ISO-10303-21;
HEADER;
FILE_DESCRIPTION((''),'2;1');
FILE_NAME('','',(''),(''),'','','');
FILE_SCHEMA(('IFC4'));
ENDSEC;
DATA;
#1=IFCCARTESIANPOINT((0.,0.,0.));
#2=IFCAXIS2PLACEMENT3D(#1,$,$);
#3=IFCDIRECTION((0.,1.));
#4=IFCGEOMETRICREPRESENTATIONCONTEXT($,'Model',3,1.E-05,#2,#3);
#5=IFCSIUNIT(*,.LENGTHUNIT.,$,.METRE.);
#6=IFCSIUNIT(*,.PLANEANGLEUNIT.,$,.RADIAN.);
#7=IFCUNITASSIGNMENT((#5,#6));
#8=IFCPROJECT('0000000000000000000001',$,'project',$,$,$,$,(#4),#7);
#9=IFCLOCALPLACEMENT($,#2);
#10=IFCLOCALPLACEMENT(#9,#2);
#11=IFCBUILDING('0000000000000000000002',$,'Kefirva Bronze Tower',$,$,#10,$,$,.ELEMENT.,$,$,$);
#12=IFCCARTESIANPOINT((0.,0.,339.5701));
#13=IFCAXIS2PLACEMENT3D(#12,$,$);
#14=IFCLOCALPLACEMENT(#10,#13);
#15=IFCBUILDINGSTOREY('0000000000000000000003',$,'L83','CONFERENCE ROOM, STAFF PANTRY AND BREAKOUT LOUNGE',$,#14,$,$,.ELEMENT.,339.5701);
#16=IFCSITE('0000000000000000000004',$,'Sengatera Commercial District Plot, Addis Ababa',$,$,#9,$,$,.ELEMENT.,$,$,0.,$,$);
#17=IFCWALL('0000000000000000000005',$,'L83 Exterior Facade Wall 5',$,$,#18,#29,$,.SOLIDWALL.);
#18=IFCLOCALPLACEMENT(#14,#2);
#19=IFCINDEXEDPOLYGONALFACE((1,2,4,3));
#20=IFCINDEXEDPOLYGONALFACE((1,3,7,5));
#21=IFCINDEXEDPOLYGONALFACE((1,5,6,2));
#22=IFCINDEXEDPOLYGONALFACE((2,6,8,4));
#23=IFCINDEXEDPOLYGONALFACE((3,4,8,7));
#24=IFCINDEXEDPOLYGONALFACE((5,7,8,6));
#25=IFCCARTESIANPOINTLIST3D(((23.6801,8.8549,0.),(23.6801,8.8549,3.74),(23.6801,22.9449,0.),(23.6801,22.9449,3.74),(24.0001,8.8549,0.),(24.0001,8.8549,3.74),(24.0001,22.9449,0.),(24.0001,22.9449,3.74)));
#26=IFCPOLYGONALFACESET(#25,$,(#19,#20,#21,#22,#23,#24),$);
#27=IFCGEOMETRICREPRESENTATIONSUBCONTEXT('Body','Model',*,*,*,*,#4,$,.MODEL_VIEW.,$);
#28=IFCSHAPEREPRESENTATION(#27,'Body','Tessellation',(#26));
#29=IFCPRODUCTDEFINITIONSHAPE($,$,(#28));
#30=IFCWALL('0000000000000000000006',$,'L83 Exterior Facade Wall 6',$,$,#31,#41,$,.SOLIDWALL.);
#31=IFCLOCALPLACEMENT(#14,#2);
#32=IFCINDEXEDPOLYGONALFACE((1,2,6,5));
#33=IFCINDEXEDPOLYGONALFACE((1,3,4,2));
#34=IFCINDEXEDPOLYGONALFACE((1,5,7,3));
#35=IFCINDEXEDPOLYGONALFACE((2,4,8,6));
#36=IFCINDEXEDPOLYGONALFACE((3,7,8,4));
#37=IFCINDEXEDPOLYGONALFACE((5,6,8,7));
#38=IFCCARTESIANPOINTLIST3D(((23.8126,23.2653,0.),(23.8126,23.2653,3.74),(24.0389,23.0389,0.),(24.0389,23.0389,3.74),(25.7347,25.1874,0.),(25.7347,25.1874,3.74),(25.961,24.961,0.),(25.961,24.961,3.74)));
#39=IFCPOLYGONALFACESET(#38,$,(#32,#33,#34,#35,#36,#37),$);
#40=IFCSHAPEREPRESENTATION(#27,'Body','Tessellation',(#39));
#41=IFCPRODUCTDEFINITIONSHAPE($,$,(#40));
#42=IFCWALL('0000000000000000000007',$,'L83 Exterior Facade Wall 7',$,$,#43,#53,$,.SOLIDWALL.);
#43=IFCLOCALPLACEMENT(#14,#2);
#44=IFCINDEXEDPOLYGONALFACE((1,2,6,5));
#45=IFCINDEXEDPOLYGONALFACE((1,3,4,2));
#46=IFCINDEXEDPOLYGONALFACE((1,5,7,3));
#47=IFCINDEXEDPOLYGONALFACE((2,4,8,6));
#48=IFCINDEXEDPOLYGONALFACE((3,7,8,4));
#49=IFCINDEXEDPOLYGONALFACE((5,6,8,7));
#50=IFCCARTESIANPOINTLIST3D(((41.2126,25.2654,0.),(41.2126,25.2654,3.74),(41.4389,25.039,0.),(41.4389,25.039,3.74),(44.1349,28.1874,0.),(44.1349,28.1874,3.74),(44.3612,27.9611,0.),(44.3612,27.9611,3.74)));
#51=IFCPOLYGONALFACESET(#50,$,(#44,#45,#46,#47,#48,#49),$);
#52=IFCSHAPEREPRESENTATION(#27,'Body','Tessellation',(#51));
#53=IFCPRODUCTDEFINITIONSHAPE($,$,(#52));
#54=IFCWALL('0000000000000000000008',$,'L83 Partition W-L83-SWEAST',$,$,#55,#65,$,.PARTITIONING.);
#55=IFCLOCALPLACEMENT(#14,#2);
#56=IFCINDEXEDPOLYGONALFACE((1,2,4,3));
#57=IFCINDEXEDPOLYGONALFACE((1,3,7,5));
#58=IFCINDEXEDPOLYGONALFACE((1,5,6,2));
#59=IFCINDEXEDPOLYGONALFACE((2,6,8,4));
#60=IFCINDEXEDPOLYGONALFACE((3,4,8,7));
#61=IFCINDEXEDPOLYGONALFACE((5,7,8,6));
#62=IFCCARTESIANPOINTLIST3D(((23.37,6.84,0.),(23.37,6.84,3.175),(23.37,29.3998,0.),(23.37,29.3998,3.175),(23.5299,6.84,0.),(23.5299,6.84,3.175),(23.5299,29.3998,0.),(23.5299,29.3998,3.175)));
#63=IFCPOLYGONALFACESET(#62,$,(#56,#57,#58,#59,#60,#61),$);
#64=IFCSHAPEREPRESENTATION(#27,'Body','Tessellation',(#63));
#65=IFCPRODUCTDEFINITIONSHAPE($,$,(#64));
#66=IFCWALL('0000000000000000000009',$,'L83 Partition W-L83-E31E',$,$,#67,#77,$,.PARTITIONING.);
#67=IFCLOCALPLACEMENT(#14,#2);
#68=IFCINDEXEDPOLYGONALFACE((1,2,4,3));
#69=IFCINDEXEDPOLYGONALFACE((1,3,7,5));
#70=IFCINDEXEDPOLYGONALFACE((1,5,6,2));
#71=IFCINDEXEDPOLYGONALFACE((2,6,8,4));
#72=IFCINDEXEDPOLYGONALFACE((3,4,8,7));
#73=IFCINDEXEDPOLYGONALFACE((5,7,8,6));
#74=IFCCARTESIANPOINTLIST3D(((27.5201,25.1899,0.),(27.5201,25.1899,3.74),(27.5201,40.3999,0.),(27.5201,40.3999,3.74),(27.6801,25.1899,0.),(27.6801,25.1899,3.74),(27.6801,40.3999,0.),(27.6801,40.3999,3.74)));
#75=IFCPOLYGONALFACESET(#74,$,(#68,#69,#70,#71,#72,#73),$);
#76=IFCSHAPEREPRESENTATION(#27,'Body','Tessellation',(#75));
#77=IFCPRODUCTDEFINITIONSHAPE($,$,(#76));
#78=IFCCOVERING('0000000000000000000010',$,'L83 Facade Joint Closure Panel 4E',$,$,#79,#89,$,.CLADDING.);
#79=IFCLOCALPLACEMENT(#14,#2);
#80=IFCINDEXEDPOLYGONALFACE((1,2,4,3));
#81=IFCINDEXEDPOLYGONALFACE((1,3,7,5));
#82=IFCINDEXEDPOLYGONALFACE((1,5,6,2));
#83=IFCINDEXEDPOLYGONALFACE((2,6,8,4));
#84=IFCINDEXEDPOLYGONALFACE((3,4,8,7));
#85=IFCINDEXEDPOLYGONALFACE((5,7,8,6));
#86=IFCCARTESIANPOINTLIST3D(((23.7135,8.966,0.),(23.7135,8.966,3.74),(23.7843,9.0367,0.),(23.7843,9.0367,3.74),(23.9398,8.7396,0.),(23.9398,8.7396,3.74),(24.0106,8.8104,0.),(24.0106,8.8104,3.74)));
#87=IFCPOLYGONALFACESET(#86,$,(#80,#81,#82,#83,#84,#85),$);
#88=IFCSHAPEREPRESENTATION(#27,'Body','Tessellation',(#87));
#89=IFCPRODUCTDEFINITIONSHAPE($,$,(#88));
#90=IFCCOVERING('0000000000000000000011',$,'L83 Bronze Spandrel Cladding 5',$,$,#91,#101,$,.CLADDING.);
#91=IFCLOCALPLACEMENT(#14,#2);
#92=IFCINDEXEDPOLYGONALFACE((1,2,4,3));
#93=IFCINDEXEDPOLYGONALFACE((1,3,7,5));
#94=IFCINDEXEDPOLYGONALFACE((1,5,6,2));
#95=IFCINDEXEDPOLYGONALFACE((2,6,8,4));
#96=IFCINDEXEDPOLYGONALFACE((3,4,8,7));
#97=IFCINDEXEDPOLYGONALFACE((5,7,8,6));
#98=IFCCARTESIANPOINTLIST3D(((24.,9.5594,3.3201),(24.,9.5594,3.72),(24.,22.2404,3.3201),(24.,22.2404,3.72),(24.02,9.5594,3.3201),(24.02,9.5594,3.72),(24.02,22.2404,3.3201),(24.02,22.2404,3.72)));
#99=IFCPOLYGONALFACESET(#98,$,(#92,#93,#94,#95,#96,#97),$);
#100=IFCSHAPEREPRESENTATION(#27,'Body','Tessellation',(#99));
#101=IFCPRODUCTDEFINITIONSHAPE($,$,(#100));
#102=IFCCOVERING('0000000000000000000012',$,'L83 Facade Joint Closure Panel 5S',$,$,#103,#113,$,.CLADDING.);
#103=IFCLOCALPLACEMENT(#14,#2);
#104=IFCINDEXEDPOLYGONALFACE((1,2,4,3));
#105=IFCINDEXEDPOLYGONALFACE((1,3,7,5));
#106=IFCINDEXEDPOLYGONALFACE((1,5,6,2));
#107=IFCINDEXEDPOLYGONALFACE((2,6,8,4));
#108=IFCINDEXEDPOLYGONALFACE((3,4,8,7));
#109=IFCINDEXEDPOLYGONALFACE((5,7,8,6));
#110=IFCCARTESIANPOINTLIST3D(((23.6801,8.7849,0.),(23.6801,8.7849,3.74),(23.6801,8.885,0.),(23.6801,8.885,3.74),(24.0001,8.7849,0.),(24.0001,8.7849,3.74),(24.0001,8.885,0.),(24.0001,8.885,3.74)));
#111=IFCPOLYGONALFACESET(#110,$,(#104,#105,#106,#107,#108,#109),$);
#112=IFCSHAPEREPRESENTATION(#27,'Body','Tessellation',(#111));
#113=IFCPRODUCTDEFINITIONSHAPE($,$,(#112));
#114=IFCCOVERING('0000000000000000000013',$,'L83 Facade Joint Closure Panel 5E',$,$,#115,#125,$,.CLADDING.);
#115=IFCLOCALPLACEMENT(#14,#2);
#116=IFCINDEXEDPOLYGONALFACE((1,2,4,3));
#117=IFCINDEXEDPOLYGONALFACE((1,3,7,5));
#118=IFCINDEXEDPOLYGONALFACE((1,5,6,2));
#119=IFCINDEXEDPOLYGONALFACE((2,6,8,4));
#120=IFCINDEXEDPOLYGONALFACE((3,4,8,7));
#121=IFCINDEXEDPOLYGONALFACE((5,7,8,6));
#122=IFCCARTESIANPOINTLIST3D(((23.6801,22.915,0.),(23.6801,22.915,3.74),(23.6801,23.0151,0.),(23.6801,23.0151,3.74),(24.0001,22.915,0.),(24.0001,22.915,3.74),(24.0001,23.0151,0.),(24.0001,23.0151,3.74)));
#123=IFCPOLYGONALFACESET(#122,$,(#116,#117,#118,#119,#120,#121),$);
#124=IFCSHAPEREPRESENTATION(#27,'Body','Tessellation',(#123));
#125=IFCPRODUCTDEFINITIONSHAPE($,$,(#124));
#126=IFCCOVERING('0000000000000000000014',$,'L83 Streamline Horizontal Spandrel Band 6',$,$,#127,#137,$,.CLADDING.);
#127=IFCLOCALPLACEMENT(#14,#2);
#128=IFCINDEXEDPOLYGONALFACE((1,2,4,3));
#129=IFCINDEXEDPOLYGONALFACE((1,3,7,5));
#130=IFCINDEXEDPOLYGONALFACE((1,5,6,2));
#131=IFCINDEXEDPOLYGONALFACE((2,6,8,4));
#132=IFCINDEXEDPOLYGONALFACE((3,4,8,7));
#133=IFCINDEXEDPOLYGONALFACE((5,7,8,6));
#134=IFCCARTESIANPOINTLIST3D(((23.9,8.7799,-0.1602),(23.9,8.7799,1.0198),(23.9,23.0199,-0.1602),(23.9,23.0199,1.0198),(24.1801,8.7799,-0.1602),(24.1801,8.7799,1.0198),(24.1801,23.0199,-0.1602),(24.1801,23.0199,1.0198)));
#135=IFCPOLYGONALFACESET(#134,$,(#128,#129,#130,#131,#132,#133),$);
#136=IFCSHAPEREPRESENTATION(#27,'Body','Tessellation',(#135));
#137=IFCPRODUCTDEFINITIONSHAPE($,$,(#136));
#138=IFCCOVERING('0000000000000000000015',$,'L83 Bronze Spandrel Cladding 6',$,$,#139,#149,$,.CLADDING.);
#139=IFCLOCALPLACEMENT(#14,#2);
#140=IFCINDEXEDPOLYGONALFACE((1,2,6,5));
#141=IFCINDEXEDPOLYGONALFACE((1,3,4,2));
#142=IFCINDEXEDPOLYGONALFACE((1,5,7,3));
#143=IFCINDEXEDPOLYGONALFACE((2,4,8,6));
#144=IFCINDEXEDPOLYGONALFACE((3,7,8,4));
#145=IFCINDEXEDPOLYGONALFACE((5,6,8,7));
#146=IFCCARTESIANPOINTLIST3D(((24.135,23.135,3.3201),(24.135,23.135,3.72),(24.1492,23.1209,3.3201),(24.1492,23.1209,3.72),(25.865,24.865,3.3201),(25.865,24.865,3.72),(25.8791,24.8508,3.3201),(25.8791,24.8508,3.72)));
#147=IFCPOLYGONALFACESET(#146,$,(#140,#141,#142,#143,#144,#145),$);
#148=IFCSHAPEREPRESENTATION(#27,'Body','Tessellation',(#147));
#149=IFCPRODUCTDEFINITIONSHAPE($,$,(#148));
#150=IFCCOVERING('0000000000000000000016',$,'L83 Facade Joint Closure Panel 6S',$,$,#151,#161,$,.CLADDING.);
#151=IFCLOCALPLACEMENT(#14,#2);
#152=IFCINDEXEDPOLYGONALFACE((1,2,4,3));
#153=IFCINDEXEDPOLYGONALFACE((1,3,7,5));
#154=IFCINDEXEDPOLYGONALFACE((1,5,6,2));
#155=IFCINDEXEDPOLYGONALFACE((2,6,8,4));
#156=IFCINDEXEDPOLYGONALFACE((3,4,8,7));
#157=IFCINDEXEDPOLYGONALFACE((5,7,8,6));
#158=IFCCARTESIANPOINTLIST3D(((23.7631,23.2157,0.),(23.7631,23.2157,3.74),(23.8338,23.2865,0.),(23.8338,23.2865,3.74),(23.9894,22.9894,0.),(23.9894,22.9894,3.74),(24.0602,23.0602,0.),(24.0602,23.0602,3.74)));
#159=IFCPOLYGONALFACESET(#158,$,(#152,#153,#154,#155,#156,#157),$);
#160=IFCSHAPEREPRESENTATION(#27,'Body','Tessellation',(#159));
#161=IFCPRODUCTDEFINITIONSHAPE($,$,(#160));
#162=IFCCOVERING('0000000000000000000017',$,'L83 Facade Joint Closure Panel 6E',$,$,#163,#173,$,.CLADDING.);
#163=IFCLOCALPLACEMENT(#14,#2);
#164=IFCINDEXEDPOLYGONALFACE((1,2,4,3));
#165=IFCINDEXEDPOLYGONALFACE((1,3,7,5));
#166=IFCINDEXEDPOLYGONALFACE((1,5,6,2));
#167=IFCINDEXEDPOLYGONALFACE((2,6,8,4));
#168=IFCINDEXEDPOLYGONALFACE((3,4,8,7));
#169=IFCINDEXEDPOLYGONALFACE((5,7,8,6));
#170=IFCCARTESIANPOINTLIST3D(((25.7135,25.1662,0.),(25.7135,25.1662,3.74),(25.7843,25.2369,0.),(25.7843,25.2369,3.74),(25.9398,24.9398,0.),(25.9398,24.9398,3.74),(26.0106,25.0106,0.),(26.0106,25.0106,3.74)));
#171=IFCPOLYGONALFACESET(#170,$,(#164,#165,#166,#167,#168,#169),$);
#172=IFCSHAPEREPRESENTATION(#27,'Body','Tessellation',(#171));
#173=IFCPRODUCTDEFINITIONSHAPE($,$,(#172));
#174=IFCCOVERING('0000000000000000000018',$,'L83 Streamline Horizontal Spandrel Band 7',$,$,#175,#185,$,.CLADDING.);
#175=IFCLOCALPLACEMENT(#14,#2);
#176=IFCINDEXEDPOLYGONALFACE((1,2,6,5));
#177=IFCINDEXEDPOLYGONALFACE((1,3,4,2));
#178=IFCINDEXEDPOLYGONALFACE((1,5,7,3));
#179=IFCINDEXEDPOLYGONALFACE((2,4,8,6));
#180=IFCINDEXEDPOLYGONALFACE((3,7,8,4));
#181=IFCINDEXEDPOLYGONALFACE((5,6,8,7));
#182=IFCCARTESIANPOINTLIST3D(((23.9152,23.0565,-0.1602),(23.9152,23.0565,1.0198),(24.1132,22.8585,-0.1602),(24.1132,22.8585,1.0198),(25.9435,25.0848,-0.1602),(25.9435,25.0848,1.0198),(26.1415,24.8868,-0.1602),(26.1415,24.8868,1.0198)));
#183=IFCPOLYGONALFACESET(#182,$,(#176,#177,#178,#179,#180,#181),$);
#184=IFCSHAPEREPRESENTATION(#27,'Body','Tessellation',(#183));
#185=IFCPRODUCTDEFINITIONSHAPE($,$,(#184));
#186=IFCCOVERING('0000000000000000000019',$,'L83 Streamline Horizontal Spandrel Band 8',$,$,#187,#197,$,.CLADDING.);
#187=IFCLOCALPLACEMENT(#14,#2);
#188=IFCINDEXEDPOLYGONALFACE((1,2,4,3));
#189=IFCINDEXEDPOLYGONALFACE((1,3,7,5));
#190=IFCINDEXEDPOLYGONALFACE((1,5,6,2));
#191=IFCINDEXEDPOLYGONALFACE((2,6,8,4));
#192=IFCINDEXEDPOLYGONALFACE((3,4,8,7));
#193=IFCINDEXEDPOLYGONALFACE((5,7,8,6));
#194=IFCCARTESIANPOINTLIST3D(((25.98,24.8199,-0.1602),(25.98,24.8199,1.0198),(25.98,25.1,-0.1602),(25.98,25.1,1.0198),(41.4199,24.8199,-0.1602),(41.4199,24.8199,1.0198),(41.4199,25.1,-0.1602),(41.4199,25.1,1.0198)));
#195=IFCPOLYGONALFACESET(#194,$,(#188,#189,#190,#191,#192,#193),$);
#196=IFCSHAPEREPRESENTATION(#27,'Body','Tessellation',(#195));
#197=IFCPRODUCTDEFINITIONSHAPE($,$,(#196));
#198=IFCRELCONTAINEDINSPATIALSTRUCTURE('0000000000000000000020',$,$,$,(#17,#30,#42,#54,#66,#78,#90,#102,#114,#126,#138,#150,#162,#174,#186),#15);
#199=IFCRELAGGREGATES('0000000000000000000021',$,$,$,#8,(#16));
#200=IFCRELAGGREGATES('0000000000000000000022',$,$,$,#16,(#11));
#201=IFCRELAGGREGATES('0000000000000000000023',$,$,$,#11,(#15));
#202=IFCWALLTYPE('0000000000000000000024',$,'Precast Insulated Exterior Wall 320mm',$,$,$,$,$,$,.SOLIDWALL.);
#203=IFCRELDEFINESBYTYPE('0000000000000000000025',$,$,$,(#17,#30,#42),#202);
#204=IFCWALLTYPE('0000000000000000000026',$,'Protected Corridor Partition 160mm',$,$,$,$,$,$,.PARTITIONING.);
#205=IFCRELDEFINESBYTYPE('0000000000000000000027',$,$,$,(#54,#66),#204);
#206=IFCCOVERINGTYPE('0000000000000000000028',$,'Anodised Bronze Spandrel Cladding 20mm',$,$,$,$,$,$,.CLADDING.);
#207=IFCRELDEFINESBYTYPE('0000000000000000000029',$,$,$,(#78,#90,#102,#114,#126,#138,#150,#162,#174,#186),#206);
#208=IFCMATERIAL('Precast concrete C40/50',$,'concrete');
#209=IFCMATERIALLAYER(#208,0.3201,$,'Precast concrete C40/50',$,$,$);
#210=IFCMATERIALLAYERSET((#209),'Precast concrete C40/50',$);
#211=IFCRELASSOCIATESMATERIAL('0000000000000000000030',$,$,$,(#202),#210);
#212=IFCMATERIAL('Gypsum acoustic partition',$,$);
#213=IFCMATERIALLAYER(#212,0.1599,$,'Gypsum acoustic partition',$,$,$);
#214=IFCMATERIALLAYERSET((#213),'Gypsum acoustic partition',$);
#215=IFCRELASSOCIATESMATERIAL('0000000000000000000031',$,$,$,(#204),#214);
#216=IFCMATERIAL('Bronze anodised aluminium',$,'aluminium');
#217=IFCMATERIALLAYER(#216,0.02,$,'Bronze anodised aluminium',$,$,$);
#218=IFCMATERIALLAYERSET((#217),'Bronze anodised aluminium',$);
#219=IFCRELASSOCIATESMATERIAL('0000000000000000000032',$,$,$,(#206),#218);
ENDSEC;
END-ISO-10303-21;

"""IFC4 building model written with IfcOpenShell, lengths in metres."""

from ifc_helpers import new_model, si_unit, direction, frame, frame_2d, origin, origin_2d, place, context, subcontext, project, spatial, rectangle, extrude, material, layer, layer_set, type_object, element, save


model = new_model("IFC4")

# Units and contexts
model_context = context("Model", 3, precision=1e-05, world=origin(), true_north=direction((0.0, 1.0)))
body_context = subcontext(model_context, "Body", "Model", "MODEL_VIEW")
ifc_project = project(units=[si_unit("LENGTHUNIT", "METRE"), si_unit("PLANEANGLEUNIT", "RADIAN")], contexts=[model_context])

# Site, building, storey
site_placement = place(None, origin())
site = spatial("IfcSite", under=ifc_project, at=site_placement, Name="Sengatera Commercial District Plot, Addis Ababa", CompositionType="ELEMENT", RefElevation=0.0)
building_placement = place(site_placement, origin())
building = spatial("IfcBuilding", under=site, at=building_placement, Name="Kefirva Bronze Tower", CompositionType="ELEMENT")
storey_placement = place(building_placement, frame((0.0, 0.0, 339.5701)))
storey = spatial("IfcBuildingStorey", under=building, at=storey_placement, Name="L83", Description="CONFERENCE ROOM, STAFF PANTRY AND BREAKOUT LOUNGE", CompositionType="ELEMENT", Elevation=339.5701)

# Shared definitions
ifc_material_1 = material(Name="Bronze anodised aluminium", Category="aluminium")

# Walls
ifc_material_2 = material(Name="Precast concrete C40/50", Category="concrete")
ifc_layer_1 = layer(ifc_material_2, 0.3201, Name="Precast concrete C40/50")
ifc_layer_set_1 = layer_set([ifc_layer_1], Name="Precast concrete C40/50")
wall_type_1 = type_object("IfcWallType", Name="Precast Insulated Exterior Wall 320mm", PredefinedType="SOLIDWALL", material=ifc_layer_set_1)
wall_1_placement = place(storey_placement, frame((23.8401, 8.855, 0.0), z_axis=(0.0, 0.0, 1.0), x_axis=(0.0, 1.0, 0.0)))
element("IfcWall", 1, at=wall_1_placement, inside=storey, type_object=wall_type_1, Name="L83 Exterior Facade Wall 5", PredefinedType="SOLIDWALL", context=body_context, shape_type="SweptSolid", body=[
    extrude(rectangle(XDim=14.0901, YDim=0.3201, at=frame_2d((7.0449, 0.0))), origin(), (0.0, 0.0, 1.0), 3.74),
])
wall_2_placement = place(storey_placement, frame((23.9258, 23.1521, 0.0), z_axis=(0.0, 0.0, 1.0), x_axis=(0.707107, 0.707107, 0.0)))
element("IfcWall", 2, at=wall_2_placement, inside=storey, type_object=wall_type_1, Name="L83 Exterior Facade Wall 6", PredefinedType="SOLIDWALL", context=body_context, shape_type="SweptSolid", body=[
    extrude(rectangle(XDim=2.7183, YDim=0.3201, at=frame_2d((1.3591, 0.0))), origin(), (0.0, 0.0, 1.0), 3.74),
])
wall_3_placement = place(storey_placement, frame((41.3257, 25.1521, 0.0), z_axis=(0.0, 0.0, 1.0), x_axis=(0.707136, 0.707077, 0.0)))
element("IfcWall", 3, at=wall_3_placement, inside=storey, type_object=wall_type_1, Name="L83 Exterior Facade Wall 7", PredefinedType="SOLIDWALL", context=body_context, shape_type="SweptSolid", body=[
    extrude(rectangle(XDim=4.1326, YDim=0.3201, at=frame_2d((2.0664, 0.0))), origin(), (0.0, 0.0, 1.0), 3.74),
])
ifc_material_3 = material(Name="Gypsum acoustic partition")
ifc_layer_2 = layer(ifc_material_3, 0.1599, Name="Gypsum acoustic partition")
ifc_layer_set_2 = layer_set([ifc_layer_2], Name="Gypsum acoustic partition")
wall_type_2 = type_object("IfcWallType", Name="Protected Corridor Partition 160mm", PredefinedType="PARTITIONING", material=ifc_layer_set_2)
wall_4_placement = place(storey_placement, frame((23.45, 6.8401, 0.0), z_axis=(0.0, 0.0, 1.0), x_axis=(0.0, 1.0, 0.0)))
element("IfcWall", 4, at=wall_4_placement, inside=storey, type_object=wall_type_2, Name="L83 Partition W-L83-SWEAST", PredefinedType="PARTITIONING", context=body_context, shape_type="SweptSolid", body=[
    extrude(rectangle(XDim=22.5598, YDim=0.1599, at=frame_2d((11.2798, 0.0))), origin(), (0.0, 0.0, 1.0), 3.175),
])
wall_5_placement = place(storey_placement, frame((27.6001, 25.1899, 0.0), z_axis=(0.0, 0.0, 1.0), x_axis=(0.0, 1.0, 0.0)))
element("IfcWall", 5, at=wall_5_placement, inside=storey, type_object=wall_type_2, Name="L83 Partition W-L83-E31E", PredefinedType="PARTITIONING", context=body_context, shape_type="SweptSolid", body=[
    extrude(rectangle(XDim=15.21, YDim=0.1599, at=frame_2d((7.605, 0.0))), origin(), (0.0, 0.0, 1.0), 3.74),
])

# Coverings
ifc_layer_3 = layer(ifc_material_1, 0.02, Name="Bronze anodised aluminium")
ifc_layer_set_3 = layer_set([ifc_layer_3], Name="Bronze anodised aluminium")
covering_type_1 = type_object("IfcCoveringType", Name="Anodised Bronze Spandrel Cladding 20mm", PredefinedType="CLADDING", material=ifc_layer_set_3)
covering_1_placement = place(storey_placement, frame((23.8621, 8.8882, 0.0), z_axis=(0.0, 0.0, 1.0), x_axis=(0.707107, 0.707107, 0.0)))
element("IfcCovering", 6, at=covering_1_placement, inside=storey, type_object=covering_type_1, Name="L83 Facade Joint Closure Panel 4E", PredefinedType="CLADDING", context=body_context, shape_type="SweptSolid", body=[
    extrude(rectangle(XDim=0.1001, YDim=0.3201, at=origin_2d()), origin(), (0.0, 0.0, 1.0), 3.74),
])
covering_2_placement = place(storey_placement, frame((24.01, 15.8999, 3.3201), z_axis=(0.0, 0.0, 1.0), x_axis=(0.0, 1.0, 0.0)))
element("IfcCovering", 7, at=covering_2_placement, inside=storey, type_object=covering_type_1, Name="L83 Bronze Spandrel Cladding 5", PredefinedType="CLADDING", context=body_context, shape_type="SweptSolid", body=[
    extrude(rectangle(XDim=12.6809, YDim=0.02, at=origin_2d()), origin(), (0.0, 0.0, 1.0), 0.3999),
])
for number, where, z_axis, x_axis, name in (
    (8, (23.8401, 8.835, 0.0), (0.0, 0.0, 1.0), (0.0, 1.0, 0.0), "L83 Facade Joint Closure Panel 5S"),
    (9, (23.8401, 22.9651, 0.0), (0.0, 0.0, 1.0), (0.0, 1.0, 0.0), "L83 Facade Joint Closure Panel 5E"),
):
    element("IfcCovering", number, at=place(storey_placement, frame(where, z_axis=z_axis, x_axis=x_axis)), inside=storey, type_object=covering_type_1, Name=name, PredefinedType="CLADDING", context=body_context, shape_type="SweptSolid", body=[
        extrude(rectangle(XDim=0.1001, YDim=0.3201, at=origin_2d()), origin(), (0.0, 0.0, 1.0), 3.74),
    ])
covering_3_placement = place(storey_placement, frame((24.04, 15.8999, -0.1602), z_axis=(0.0, 0.0, 1.0), x_axis=(0.0, 1.0, 0.0)))
element("IfcCovering", 10, at=covering_3_placement, inside=storey, type_object=covering_type_1, Name="L83 Streamline Horizontal Spandrel Band 6", PredefinedType="CLADDING", context=body_context, shape_type="SweptSolid", body=[
    extrude(rectangle(XDim=14.24, YDim=0.28, at=origin_2d()), origin(), (0.0, 0.0, 1.0), 1.1799),
])
covering_4_placement = place(storey_placement, frame((25.0071, 23.9929, 3.3201), z_axis=(0.0, 0.0, 1.0), x_axis=(0.707107, 0.707107, 0.0)))
element("IfcCovering", 11, at=covering_4_placement, inside=storey, type_object=covering_type_1, Name="L83 Bronze Spandrel Cladding 6", PredefinedType="CLADDING", context=body_context, shape_type="SweptSolid", body=[
    extrude(rectangle(XDim=2.4465, YDim=0.02, at=origin_2d()), origin(), (0.0, 0.0, 1.0), 0.3999),
])
for number, where, z_axis, x_axis, name in (
    (12, (23.9116, 23.1379, 0.0), (0.0, 0.0, 1.0), (0.707107, 0.707107, 0.0), "L83 Facade Joint Closure Panel 6S"),
    (13, (25.8621, 25.0884, 0.0), (0.0, 0.0, 1.0), (0.707107, 0.707107, 0.0), "L83 Facade Joint Closure Panel 6E"),
):
    element("IfcCovering", number, at=place(storey_placement, frame(where, z_axis=z_axis, x_axis=x_axis)), inside=storey, type_object=covering_type_1, Name=name, PredefinedType="CLADDING", context=body_context, shape_type="SweptSolid", body=[
        extrude(rectangle(XDim=0.1001, YDim=0.3201, at=origin_2d()), origin(), (0.0, 0.0, 1.0), 3.74),
    ])
covering_5_placement = place(storey_placement, frame((25.0283, 23.9717, -0.1602), z_axis=(0.0, 0.0, 1.0), x_axis=(0.707107, 0.707107, 0.0)))
element("IfcCovering", 14, at=covering_5_placement, inside=storey, type_object=covering_type_1, Name="L83 Streamline Horizontal Spandrel Band 7", PredefinedType="CLADDING", context=body_context, shape_type="SweptSolid", body=[
    extrude(rectangle(XDim=2.8684, YDim=0.28, at=origin_2d()), origin(), (0.0, 0.0, 1.0), 1.1799),
])
covering_6_placement = place(storey_placement, frame((33.7, 24.96, -0.1602), z_axis=(0.0, 0.0, 1.0), x_axis=(1.0, 0.0, 0.0)))
element("IfcCovering", 15, at=covering_6_placement, inside=storey, type_object=covering_type_1, Name="L83 Streamline Horizontal Spandrel Band 8", PredefinedType="CLADDING", context=body_context, shape_type="SweptSolid", body=[
    extrude(rectangle(XDim=15.4399, YDim=0.28, at=origin_2d()), origin(), (0.0, 0.0, 1.0), 1.1799),
])

save(model, "model.ifc")
